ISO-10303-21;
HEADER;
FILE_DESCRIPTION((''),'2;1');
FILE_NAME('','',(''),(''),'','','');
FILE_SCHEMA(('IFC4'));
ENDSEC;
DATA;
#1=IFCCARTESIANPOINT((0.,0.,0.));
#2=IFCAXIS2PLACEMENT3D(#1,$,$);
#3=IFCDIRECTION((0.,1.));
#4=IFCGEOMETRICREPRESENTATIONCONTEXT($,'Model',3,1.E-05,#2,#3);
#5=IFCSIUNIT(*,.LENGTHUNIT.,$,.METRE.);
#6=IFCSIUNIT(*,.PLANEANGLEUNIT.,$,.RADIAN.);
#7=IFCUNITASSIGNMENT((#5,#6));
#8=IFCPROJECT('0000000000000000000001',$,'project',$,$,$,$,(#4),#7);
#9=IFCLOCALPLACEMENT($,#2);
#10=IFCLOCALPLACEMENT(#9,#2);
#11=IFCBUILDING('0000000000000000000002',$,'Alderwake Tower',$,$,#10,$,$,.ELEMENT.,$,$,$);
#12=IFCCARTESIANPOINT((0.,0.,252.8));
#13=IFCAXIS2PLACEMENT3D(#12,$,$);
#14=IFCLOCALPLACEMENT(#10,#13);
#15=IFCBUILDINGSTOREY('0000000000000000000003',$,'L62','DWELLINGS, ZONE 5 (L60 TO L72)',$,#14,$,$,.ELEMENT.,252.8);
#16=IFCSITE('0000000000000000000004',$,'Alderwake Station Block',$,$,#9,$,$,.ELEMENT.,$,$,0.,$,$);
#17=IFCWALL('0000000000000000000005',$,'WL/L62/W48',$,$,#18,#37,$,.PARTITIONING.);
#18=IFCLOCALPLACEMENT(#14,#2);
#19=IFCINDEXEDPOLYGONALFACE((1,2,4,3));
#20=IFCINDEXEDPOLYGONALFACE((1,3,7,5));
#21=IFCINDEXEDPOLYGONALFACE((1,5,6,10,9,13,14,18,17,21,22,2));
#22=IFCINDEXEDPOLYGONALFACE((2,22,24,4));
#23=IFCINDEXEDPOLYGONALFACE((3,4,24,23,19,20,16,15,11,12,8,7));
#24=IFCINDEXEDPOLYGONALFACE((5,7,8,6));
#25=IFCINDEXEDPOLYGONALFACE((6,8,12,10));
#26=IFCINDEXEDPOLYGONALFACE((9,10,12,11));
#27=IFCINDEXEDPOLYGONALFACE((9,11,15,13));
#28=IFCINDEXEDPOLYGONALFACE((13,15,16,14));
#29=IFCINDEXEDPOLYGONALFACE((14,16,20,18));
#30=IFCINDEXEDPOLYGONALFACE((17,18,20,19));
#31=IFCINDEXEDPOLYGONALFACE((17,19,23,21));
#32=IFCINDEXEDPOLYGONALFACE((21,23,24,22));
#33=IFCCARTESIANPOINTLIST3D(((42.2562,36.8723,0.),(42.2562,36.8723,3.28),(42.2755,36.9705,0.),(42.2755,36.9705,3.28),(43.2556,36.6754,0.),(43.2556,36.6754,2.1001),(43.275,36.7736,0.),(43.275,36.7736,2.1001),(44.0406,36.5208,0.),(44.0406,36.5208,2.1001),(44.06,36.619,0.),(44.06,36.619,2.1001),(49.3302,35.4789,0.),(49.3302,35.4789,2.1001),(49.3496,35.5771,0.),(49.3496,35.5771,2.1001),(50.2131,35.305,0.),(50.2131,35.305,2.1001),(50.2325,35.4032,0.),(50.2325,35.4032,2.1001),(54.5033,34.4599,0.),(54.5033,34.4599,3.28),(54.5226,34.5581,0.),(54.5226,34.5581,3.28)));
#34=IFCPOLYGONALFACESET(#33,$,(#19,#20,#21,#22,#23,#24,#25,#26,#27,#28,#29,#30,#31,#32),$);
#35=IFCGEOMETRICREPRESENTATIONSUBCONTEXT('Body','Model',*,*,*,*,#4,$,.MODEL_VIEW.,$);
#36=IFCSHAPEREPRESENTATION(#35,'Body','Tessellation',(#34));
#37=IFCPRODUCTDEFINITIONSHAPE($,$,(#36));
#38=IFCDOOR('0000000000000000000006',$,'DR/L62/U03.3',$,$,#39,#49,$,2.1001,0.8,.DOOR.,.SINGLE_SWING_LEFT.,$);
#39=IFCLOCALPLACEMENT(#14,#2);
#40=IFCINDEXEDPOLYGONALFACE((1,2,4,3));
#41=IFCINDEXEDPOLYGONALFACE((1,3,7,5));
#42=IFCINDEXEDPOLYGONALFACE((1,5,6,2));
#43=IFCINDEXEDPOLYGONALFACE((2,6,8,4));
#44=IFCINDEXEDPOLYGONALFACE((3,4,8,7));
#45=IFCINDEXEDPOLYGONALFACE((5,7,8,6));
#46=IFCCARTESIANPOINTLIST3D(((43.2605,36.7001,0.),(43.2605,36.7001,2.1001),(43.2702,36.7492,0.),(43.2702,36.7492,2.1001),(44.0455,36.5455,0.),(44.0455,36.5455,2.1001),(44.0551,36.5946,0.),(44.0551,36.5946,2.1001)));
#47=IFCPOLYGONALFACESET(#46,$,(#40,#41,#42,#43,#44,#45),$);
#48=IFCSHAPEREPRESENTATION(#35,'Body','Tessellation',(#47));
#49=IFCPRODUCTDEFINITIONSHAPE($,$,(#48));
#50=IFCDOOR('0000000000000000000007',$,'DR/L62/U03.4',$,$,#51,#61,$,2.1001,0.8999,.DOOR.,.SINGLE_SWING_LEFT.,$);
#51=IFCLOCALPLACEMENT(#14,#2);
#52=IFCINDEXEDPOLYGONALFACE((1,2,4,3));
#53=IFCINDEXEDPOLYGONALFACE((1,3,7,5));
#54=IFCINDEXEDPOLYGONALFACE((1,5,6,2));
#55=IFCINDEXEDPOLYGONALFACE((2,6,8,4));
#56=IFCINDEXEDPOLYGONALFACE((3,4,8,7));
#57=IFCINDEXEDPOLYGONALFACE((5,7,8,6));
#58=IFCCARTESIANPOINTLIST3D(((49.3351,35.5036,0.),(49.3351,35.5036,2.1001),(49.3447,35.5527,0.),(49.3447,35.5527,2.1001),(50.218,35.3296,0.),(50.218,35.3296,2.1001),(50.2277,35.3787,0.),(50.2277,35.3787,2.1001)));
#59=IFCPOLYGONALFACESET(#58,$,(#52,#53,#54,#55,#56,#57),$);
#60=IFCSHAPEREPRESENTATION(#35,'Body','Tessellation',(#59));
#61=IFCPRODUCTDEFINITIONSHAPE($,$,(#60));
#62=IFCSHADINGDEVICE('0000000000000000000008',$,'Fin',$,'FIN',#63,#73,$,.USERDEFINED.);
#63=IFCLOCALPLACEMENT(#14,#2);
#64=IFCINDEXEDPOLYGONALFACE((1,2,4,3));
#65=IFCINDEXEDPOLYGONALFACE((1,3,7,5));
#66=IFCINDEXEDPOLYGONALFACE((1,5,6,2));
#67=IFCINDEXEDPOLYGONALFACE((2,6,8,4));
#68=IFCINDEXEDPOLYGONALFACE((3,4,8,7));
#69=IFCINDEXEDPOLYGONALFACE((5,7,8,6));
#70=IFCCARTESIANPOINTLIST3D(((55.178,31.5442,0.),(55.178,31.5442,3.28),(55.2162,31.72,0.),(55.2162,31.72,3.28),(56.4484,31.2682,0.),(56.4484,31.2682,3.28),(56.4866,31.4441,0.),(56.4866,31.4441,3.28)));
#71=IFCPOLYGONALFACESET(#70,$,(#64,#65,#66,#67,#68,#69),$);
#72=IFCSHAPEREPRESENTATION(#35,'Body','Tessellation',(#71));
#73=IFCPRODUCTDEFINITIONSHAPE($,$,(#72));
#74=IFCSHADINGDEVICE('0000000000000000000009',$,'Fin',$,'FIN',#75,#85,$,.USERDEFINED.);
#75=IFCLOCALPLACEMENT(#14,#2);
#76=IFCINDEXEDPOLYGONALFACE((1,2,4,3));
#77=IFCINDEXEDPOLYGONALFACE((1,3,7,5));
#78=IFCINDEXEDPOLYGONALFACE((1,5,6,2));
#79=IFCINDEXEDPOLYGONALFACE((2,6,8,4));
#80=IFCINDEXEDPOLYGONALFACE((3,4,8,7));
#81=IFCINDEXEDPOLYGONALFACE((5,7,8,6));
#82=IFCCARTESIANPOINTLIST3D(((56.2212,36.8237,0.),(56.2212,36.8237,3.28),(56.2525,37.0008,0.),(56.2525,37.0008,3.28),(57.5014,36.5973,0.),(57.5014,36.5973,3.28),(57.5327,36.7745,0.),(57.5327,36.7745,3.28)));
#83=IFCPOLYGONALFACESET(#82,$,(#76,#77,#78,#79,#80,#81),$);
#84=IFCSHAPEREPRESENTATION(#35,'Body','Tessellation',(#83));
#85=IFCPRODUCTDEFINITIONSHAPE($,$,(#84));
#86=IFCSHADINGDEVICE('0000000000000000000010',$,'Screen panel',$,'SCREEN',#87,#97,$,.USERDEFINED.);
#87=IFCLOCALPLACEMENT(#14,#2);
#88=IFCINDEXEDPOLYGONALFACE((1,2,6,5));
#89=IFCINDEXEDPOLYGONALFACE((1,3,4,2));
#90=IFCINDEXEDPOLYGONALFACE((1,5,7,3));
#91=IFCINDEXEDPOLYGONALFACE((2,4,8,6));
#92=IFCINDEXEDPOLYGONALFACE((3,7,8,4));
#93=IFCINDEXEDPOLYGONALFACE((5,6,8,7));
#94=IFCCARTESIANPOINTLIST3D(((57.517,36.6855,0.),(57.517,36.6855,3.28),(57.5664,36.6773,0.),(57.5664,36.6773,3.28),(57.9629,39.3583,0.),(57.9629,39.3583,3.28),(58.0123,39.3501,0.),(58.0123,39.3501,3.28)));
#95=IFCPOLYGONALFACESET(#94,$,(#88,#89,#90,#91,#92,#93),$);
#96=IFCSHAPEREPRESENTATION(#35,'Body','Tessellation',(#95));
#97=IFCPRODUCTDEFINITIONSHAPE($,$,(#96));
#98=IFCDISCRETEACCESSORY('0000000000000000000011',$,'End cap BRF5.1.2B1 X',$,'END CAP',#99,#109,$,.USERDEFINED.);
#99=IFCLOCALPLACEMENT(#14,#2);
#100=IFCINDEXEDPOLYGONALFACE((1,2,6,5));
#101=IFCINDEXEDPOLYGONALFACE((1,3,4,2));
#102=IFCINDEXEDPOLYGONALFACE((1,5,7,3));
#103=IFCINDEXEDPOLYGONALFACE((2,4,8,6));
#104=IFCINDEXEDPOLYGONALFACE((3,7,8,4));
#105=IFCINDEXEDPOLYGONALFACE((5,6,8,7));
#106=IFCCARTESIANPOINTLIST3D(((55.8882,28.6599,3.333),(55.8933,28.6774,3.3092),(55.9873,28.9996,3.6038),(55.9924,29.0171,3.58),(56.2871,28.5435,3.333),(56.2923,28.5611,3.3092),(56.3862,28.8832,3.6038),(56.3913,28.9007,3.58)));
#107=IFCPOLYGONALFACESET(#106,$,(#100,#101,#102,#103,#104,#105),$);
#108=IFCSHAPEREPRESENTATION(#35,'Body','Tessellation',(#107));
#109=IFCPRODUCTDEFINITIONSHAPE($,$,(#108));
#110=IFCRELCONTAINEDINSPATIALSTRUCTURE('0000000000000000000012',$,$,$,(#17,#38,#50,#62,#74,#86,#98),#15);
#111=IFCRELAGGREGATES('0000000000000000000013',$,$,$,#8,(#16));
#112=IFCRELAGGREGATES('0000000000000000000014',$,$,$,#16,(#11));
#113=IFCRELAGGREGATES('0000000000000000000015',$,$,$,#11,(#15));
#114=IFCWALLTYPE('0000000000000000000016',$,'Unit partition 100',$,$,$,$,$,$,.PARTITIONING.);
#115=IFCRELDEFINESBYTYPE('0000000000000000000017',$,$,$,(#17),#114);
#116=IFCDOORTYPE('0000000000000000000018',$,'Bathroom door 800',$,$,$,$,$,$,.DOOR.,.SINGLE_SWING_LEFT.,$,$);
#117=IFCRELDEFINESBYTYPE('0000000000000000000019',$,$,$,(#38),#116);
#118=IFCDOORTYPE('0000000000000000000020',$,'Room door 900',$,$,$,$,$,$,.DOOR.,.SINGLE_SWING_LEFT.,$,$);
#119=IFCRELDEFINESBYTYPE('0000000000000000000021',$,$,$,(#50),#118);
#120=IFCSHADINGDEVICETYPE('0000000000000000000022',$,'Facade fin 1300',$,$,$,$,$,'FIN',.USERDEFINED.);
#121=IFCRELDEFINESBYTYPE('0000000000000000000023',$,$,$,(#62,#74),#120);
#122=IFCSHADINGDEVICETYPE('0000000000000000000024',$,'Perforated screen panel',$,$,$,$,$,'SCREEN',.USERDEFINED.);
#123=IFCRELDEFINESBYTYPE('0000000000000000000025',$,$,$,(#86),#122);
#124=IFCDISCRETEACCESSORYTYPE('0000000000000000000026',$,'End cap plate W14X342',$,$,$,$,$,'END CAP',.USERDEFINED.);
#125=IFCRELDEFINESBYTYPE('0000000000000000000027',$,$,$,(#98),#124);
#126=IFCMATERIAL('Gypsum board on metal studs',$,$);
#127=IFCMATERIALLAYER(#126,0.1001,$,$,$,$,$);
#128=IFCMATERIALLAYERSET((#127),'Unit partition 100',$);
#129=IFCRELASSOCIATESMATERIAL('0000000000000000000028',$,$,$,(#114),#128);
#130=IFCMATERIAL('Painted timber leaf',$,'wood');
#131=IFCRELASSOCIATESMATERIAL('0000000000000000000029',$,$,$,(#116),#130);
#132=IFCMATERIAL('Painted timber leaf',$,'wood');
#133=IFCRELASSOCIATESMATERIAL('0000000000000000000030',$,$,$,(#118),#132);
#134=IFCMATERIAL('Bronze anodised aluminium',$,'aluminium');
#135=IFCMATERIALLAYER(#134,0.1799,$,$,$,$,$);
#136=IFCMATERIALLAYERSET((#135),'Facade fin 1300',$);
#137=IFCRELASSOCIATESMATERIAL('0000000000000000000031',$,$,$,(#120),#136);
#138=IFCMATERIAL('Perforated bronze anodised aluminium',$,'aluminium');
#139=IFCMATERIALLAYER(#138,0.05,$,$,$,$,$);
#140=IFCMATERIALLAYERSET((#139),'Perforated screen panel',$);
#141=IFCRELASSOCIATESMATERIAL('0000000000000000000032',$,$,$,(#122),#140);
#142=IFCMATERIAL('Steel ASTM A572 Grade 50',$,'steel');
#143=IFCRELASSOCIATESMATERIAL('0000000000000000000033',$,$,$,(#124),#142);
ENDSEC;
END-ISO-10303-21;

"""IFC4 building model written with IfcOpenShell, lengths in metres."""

from ifc_helpers import new_model, si_unit, direction, frame, frame_2d, origin, origin_2d, place, context, subcontext, project, spatial, rectangle, extrude, material, layer, layer_set, material_profile, profile_set, type_object, element, fill, save


model = new_model("IFC4")

# Units and contexts
model_context = context("Model", 3, precision=1e-05, world=origin(), true_north=direction((0.0, 1.0)))
body_context = subcontext(model_context, "Body", "Model", "MODEL_VIEW")
ifc_project = project(units=[si_unit("LENGTHUNIT", "METRE"), si_unit("PLANEANGLEUNIT", "RADIAN")], contexts=[model_context])

# Site, building, storey
site_placement = place(None, origin())
site = spatial("IfcSite", under=ifc_project, at=site_placement, Name="Alderwake Station Block", CompositionType="ELEMENT", RefElevation=0.0)
building_placement = place(site_placement, origin())
building = spatial("IfcBuilding", under=site, at=building_placement, Name="Alderwake Tower", CompositionType="ELEMENT")
storey_placement = place(building_placement, frame((0.0, 0.0, 252.8)))
storey = spatial("IfcBuildingStorey", under=building, at=storey_placement, Name="L62", Description="DWELLINGS, ZONE 5 (L60 TO L72)", CompositionType="ELEMENT", Elevation=252.8)

# Wall, openings, doors
ifc_material_1 = material(Name="Gypsum board on metal studs")
ifc_layer_1 = layer(ifc_material_1, 0.1001)
ifc_layer_set_1 = layer_set([ifc_layer_1], Name="Unit partition 100")
wall_type_1 = type_object("IfcWallType", Name="Unit partition 100", PredefinedType="PARTITIONING", material=ifc_layer_set_1)
wall_1_placement = place(storey_placement, frame((54.5129, 34.509, 0.0), z_axis=(0.0, 0.0, 1.0), x_axis=(-0.981147, 0.19326, 0.0)))
wall_1 = element("IfcWall", 1, at=wall_1_placement, inside=storey, type_object=wall_type_1, Name="WL/L62/W48", PredefinedType="PARTITIONING", context=body_context, shape_type="SweptSolid", body=[
    extrude(rectangle(XDim=12.4824, YDim=0.1001, at=frame_2d((6.2412, 0.0))), origin(), (0.0, 0.0, 1.0), 3.28),
])
opening_1_placement = place(wall_1_placement, frame((10.6638, 0.0, 0.0)))
opening_1 = element("IfcOpeningElement", 2, at=opening_1_placement, cuts=wall_1, PredefinedType="OPENING", context=body_context, shape_type="SweptSolid", body=[
    extrude(rectangle(XDim=0.8, YDim=2.1001, at=frame_2d((0.3999, 1.05))), frame((0.0, 0.0601, 0.0), z_axis=(0.0, -1.0, 0.0), x_axis=(1.0, 0.0, 0.0)), (0.0, 0.0, 1.0), 0.1201),
])
opening_2_placement = place(wall_1_placement, frame((4.3726, 0.0, 0.0)))
opening_2 = element("IfcOpeningElement", 3, at=opening_2_placement, cuts=wall_1, PredefinedType="OPENING", context=body_context, shape_type="SweptSolid", body=[
    extrude(rectangle(XDim=0.8999, YDim=2.1001, at=frame_2d((0.45, 1.05))), frame((0.0, 0.0601, 0.0), z_axis=(0.0, -1.0, 0.0), x_axis=(1.0, 0.0, 0.0)), (0.0, 0.0, 1.0), 0.1201),
])
ifc_material_2 = material(Name="Painted timber leaf", Category="wood")
door_type_1 = type_object("IfcDoorType", Name="Bathroom door 800", OperationType="SINGLE_SWING_LEFT", PredefinedType="DOOR", material=ifc_material_2)
door_1_placement = place(opening_1_placement, origin())
door_1 = element("IfcDoor", 4, at=door_1_placement, inside=storey, type_object=door_type_1, Name="DR/L62/U03.3", OperationType="SINGLE_SWING_LEFT", OverallHeight=2.1001, OverallWidth=0.8, PredefinedType="DOOR", context=body_context, shape_type="SweptSolid", body=[
    extrude(rectangle(XDim=0.8, YDim=2.1001, at=frame_2d((0.3999, 1.05))), frame((0.0, 0.0249, 0.0), z_axis=(0.0, -1.0, 0.0), x_axis=(1.0, 0.0, 0.0)), (0.0, 0.0, 1.0), 0.05),
])
fill(opening_1, door_1)
ifc_material_3 = material(Name="Painted timber leaf", Category="wood")
door_type_2 = type_object("IfcDoorType", Name="Room door 900", OperationType="SINGLE_SWING_LEFT", PredefinedType="DOOR", material=ifc_material_3)
door_2_placement = place(opening_2_placement, origin())
door_2 = element("IfcDoor", 5, at=door_2_placement, inside=storey, type_object=door_type_2, Name="DR/L62/U03.4", OperationType="SINGLE_SWING_LEFT", OverallHeight=2.1001, OverallWidth=0.8999, PredefinedType="DOOR", context=body_context, shape_type="SweptSolid", body=[
    extrude(rectangle(XDim=0.8999, YDim=2.1001, at=frame_2d((0.45, 1.05))), frame((0.0, 0.0249, 0.0), z_axis=(0.0, -1.0, 0.0), x_axis=(1.0, 0.0, 0.0)), (0.0, 0.0, 1.0), 0.05),
])
fill(opening_2, door_2)

# Shading devices
ifc_material_4 = material(Name="Bronze anodised aluminium", Category="aluminium")
ifc_layer_2 = layer(ifc_material_4, 0.1799)
ifc_layer_set_2 = layer_set([ifc_layer_2], Name="Facade fin 1300")
shading_device_type_1 = type_object("IfcShadingDeviceType", Name="Facade fin 1300", ElementType="FIN", PredefinedType="USERDEFINED", material=ifc_layer_set_2)
for number, where, z_axis, x_axis, name in (
    (6, (55.8323, 31.4941, 0.0), (0.0, 0.0, 1.0), (0.97721, -0.212273, 0.0), "Fin"),
    (7, (56.877, 36.7991, 0.0), (0.0, 0.0, 1.0), (0.984726, -0.174109, 0.0), "Fin"),
):
    element("IfcShadingDevice", number, at=place(storey_placement, frame(where, z_axis=z_axis, x_axis=x_axis)), inside=storey, type_object=shading_device_type_1, Name=name, ObjectType="FIN", PredefinedType="USERDEFINED", context=body_context, shape_type="SweptSolid", body=[
        extrude(rectangle(XDim=1.3, YDim=0.1799, at=origin_2d()), origin(), (0.0, 0.0, 1.0), 3.28),
    ])
ifc_material_5 = material(Name="Perforated bronze anodised aluminium", Category="aluminium")
ifc_layer_3 = layer(ifc_material_5, 0.05)
ifc_layer_set_3 = layer_set([ifc_layer_3], Name="Perforated screen panel")
shading_device_type_2 = type_object("IfcShadingDeviceType", Name="Perforated screen panel", ElementType="SCREEN", PredefinedType="USERDEFINED", material=ifc_layer_set_3)
shading_device_placement = place(storey_placement, frame((57.7646, 38.0178, 0.0), z_axis=(0.0, 0.0, 1.0), x_axis=(0.986369, -0.164548, 0.0)))
element("IfcShadingDevice", 8, at=shading_device_placement, inside=storey, type_object=shading_device_type_2, Name="Screen panel", ObjectType="SCREEN", PredefinedType="USERDEFINED", context=body_context, shape_type="SweptSolid", body=[
    extrude(rectangle(XDim=0.05, YDim=2.7097, at=origin_2d()), origin(), (0.0, 0.0, 1.0), 3.28),
])

# Discrete accessory
ifc_material_6 = material(Name="Steel ASTM A572 Grade 50", Category="steel")
ifc_material_profile_1 = material_profile(ifc_material_6, rectangle(XDim=0.4155, YDim=0.4456, at=origin_2d()), Name="W14X342 cap")
ifc_profile_set_1 = profile_set([ifc_material_profile_1], Name="Steel ASTM A572 Grade 50")
discrete_accessory_type = type_object("IfcDiscreteAccessoryType", Name="End cap plate W14X342", ElementType="END CAP", PredefinedType="USERDEFINED", material=ifc_profile_set_1)
discrete_accessory_placement = place(storey_placement, frame((56.1423, 28.7891, 3.4446), z_axis=(-0.17017, -0.583441, 0.794128), x_axis=(0.96, -0.28, 0.0)))
element("IfcDiscreteAccessory", 9, at=discrete_accessory_placement, inside=storey, type_object=discrete_accessory_type, Name="End cap BRF5.1.2B1 X", ObjectType="END CAP", PredefinedType="USERDEFINED", context=body_context, shape_type="SweptSolid", body=[
    extrude(rectangle(XDim=0.4155, YDim=0.4456, at=origin_2d()), origin(), (0.0, 0.0, 1.0), 0.03),
])

save(model, "model.ifc")
